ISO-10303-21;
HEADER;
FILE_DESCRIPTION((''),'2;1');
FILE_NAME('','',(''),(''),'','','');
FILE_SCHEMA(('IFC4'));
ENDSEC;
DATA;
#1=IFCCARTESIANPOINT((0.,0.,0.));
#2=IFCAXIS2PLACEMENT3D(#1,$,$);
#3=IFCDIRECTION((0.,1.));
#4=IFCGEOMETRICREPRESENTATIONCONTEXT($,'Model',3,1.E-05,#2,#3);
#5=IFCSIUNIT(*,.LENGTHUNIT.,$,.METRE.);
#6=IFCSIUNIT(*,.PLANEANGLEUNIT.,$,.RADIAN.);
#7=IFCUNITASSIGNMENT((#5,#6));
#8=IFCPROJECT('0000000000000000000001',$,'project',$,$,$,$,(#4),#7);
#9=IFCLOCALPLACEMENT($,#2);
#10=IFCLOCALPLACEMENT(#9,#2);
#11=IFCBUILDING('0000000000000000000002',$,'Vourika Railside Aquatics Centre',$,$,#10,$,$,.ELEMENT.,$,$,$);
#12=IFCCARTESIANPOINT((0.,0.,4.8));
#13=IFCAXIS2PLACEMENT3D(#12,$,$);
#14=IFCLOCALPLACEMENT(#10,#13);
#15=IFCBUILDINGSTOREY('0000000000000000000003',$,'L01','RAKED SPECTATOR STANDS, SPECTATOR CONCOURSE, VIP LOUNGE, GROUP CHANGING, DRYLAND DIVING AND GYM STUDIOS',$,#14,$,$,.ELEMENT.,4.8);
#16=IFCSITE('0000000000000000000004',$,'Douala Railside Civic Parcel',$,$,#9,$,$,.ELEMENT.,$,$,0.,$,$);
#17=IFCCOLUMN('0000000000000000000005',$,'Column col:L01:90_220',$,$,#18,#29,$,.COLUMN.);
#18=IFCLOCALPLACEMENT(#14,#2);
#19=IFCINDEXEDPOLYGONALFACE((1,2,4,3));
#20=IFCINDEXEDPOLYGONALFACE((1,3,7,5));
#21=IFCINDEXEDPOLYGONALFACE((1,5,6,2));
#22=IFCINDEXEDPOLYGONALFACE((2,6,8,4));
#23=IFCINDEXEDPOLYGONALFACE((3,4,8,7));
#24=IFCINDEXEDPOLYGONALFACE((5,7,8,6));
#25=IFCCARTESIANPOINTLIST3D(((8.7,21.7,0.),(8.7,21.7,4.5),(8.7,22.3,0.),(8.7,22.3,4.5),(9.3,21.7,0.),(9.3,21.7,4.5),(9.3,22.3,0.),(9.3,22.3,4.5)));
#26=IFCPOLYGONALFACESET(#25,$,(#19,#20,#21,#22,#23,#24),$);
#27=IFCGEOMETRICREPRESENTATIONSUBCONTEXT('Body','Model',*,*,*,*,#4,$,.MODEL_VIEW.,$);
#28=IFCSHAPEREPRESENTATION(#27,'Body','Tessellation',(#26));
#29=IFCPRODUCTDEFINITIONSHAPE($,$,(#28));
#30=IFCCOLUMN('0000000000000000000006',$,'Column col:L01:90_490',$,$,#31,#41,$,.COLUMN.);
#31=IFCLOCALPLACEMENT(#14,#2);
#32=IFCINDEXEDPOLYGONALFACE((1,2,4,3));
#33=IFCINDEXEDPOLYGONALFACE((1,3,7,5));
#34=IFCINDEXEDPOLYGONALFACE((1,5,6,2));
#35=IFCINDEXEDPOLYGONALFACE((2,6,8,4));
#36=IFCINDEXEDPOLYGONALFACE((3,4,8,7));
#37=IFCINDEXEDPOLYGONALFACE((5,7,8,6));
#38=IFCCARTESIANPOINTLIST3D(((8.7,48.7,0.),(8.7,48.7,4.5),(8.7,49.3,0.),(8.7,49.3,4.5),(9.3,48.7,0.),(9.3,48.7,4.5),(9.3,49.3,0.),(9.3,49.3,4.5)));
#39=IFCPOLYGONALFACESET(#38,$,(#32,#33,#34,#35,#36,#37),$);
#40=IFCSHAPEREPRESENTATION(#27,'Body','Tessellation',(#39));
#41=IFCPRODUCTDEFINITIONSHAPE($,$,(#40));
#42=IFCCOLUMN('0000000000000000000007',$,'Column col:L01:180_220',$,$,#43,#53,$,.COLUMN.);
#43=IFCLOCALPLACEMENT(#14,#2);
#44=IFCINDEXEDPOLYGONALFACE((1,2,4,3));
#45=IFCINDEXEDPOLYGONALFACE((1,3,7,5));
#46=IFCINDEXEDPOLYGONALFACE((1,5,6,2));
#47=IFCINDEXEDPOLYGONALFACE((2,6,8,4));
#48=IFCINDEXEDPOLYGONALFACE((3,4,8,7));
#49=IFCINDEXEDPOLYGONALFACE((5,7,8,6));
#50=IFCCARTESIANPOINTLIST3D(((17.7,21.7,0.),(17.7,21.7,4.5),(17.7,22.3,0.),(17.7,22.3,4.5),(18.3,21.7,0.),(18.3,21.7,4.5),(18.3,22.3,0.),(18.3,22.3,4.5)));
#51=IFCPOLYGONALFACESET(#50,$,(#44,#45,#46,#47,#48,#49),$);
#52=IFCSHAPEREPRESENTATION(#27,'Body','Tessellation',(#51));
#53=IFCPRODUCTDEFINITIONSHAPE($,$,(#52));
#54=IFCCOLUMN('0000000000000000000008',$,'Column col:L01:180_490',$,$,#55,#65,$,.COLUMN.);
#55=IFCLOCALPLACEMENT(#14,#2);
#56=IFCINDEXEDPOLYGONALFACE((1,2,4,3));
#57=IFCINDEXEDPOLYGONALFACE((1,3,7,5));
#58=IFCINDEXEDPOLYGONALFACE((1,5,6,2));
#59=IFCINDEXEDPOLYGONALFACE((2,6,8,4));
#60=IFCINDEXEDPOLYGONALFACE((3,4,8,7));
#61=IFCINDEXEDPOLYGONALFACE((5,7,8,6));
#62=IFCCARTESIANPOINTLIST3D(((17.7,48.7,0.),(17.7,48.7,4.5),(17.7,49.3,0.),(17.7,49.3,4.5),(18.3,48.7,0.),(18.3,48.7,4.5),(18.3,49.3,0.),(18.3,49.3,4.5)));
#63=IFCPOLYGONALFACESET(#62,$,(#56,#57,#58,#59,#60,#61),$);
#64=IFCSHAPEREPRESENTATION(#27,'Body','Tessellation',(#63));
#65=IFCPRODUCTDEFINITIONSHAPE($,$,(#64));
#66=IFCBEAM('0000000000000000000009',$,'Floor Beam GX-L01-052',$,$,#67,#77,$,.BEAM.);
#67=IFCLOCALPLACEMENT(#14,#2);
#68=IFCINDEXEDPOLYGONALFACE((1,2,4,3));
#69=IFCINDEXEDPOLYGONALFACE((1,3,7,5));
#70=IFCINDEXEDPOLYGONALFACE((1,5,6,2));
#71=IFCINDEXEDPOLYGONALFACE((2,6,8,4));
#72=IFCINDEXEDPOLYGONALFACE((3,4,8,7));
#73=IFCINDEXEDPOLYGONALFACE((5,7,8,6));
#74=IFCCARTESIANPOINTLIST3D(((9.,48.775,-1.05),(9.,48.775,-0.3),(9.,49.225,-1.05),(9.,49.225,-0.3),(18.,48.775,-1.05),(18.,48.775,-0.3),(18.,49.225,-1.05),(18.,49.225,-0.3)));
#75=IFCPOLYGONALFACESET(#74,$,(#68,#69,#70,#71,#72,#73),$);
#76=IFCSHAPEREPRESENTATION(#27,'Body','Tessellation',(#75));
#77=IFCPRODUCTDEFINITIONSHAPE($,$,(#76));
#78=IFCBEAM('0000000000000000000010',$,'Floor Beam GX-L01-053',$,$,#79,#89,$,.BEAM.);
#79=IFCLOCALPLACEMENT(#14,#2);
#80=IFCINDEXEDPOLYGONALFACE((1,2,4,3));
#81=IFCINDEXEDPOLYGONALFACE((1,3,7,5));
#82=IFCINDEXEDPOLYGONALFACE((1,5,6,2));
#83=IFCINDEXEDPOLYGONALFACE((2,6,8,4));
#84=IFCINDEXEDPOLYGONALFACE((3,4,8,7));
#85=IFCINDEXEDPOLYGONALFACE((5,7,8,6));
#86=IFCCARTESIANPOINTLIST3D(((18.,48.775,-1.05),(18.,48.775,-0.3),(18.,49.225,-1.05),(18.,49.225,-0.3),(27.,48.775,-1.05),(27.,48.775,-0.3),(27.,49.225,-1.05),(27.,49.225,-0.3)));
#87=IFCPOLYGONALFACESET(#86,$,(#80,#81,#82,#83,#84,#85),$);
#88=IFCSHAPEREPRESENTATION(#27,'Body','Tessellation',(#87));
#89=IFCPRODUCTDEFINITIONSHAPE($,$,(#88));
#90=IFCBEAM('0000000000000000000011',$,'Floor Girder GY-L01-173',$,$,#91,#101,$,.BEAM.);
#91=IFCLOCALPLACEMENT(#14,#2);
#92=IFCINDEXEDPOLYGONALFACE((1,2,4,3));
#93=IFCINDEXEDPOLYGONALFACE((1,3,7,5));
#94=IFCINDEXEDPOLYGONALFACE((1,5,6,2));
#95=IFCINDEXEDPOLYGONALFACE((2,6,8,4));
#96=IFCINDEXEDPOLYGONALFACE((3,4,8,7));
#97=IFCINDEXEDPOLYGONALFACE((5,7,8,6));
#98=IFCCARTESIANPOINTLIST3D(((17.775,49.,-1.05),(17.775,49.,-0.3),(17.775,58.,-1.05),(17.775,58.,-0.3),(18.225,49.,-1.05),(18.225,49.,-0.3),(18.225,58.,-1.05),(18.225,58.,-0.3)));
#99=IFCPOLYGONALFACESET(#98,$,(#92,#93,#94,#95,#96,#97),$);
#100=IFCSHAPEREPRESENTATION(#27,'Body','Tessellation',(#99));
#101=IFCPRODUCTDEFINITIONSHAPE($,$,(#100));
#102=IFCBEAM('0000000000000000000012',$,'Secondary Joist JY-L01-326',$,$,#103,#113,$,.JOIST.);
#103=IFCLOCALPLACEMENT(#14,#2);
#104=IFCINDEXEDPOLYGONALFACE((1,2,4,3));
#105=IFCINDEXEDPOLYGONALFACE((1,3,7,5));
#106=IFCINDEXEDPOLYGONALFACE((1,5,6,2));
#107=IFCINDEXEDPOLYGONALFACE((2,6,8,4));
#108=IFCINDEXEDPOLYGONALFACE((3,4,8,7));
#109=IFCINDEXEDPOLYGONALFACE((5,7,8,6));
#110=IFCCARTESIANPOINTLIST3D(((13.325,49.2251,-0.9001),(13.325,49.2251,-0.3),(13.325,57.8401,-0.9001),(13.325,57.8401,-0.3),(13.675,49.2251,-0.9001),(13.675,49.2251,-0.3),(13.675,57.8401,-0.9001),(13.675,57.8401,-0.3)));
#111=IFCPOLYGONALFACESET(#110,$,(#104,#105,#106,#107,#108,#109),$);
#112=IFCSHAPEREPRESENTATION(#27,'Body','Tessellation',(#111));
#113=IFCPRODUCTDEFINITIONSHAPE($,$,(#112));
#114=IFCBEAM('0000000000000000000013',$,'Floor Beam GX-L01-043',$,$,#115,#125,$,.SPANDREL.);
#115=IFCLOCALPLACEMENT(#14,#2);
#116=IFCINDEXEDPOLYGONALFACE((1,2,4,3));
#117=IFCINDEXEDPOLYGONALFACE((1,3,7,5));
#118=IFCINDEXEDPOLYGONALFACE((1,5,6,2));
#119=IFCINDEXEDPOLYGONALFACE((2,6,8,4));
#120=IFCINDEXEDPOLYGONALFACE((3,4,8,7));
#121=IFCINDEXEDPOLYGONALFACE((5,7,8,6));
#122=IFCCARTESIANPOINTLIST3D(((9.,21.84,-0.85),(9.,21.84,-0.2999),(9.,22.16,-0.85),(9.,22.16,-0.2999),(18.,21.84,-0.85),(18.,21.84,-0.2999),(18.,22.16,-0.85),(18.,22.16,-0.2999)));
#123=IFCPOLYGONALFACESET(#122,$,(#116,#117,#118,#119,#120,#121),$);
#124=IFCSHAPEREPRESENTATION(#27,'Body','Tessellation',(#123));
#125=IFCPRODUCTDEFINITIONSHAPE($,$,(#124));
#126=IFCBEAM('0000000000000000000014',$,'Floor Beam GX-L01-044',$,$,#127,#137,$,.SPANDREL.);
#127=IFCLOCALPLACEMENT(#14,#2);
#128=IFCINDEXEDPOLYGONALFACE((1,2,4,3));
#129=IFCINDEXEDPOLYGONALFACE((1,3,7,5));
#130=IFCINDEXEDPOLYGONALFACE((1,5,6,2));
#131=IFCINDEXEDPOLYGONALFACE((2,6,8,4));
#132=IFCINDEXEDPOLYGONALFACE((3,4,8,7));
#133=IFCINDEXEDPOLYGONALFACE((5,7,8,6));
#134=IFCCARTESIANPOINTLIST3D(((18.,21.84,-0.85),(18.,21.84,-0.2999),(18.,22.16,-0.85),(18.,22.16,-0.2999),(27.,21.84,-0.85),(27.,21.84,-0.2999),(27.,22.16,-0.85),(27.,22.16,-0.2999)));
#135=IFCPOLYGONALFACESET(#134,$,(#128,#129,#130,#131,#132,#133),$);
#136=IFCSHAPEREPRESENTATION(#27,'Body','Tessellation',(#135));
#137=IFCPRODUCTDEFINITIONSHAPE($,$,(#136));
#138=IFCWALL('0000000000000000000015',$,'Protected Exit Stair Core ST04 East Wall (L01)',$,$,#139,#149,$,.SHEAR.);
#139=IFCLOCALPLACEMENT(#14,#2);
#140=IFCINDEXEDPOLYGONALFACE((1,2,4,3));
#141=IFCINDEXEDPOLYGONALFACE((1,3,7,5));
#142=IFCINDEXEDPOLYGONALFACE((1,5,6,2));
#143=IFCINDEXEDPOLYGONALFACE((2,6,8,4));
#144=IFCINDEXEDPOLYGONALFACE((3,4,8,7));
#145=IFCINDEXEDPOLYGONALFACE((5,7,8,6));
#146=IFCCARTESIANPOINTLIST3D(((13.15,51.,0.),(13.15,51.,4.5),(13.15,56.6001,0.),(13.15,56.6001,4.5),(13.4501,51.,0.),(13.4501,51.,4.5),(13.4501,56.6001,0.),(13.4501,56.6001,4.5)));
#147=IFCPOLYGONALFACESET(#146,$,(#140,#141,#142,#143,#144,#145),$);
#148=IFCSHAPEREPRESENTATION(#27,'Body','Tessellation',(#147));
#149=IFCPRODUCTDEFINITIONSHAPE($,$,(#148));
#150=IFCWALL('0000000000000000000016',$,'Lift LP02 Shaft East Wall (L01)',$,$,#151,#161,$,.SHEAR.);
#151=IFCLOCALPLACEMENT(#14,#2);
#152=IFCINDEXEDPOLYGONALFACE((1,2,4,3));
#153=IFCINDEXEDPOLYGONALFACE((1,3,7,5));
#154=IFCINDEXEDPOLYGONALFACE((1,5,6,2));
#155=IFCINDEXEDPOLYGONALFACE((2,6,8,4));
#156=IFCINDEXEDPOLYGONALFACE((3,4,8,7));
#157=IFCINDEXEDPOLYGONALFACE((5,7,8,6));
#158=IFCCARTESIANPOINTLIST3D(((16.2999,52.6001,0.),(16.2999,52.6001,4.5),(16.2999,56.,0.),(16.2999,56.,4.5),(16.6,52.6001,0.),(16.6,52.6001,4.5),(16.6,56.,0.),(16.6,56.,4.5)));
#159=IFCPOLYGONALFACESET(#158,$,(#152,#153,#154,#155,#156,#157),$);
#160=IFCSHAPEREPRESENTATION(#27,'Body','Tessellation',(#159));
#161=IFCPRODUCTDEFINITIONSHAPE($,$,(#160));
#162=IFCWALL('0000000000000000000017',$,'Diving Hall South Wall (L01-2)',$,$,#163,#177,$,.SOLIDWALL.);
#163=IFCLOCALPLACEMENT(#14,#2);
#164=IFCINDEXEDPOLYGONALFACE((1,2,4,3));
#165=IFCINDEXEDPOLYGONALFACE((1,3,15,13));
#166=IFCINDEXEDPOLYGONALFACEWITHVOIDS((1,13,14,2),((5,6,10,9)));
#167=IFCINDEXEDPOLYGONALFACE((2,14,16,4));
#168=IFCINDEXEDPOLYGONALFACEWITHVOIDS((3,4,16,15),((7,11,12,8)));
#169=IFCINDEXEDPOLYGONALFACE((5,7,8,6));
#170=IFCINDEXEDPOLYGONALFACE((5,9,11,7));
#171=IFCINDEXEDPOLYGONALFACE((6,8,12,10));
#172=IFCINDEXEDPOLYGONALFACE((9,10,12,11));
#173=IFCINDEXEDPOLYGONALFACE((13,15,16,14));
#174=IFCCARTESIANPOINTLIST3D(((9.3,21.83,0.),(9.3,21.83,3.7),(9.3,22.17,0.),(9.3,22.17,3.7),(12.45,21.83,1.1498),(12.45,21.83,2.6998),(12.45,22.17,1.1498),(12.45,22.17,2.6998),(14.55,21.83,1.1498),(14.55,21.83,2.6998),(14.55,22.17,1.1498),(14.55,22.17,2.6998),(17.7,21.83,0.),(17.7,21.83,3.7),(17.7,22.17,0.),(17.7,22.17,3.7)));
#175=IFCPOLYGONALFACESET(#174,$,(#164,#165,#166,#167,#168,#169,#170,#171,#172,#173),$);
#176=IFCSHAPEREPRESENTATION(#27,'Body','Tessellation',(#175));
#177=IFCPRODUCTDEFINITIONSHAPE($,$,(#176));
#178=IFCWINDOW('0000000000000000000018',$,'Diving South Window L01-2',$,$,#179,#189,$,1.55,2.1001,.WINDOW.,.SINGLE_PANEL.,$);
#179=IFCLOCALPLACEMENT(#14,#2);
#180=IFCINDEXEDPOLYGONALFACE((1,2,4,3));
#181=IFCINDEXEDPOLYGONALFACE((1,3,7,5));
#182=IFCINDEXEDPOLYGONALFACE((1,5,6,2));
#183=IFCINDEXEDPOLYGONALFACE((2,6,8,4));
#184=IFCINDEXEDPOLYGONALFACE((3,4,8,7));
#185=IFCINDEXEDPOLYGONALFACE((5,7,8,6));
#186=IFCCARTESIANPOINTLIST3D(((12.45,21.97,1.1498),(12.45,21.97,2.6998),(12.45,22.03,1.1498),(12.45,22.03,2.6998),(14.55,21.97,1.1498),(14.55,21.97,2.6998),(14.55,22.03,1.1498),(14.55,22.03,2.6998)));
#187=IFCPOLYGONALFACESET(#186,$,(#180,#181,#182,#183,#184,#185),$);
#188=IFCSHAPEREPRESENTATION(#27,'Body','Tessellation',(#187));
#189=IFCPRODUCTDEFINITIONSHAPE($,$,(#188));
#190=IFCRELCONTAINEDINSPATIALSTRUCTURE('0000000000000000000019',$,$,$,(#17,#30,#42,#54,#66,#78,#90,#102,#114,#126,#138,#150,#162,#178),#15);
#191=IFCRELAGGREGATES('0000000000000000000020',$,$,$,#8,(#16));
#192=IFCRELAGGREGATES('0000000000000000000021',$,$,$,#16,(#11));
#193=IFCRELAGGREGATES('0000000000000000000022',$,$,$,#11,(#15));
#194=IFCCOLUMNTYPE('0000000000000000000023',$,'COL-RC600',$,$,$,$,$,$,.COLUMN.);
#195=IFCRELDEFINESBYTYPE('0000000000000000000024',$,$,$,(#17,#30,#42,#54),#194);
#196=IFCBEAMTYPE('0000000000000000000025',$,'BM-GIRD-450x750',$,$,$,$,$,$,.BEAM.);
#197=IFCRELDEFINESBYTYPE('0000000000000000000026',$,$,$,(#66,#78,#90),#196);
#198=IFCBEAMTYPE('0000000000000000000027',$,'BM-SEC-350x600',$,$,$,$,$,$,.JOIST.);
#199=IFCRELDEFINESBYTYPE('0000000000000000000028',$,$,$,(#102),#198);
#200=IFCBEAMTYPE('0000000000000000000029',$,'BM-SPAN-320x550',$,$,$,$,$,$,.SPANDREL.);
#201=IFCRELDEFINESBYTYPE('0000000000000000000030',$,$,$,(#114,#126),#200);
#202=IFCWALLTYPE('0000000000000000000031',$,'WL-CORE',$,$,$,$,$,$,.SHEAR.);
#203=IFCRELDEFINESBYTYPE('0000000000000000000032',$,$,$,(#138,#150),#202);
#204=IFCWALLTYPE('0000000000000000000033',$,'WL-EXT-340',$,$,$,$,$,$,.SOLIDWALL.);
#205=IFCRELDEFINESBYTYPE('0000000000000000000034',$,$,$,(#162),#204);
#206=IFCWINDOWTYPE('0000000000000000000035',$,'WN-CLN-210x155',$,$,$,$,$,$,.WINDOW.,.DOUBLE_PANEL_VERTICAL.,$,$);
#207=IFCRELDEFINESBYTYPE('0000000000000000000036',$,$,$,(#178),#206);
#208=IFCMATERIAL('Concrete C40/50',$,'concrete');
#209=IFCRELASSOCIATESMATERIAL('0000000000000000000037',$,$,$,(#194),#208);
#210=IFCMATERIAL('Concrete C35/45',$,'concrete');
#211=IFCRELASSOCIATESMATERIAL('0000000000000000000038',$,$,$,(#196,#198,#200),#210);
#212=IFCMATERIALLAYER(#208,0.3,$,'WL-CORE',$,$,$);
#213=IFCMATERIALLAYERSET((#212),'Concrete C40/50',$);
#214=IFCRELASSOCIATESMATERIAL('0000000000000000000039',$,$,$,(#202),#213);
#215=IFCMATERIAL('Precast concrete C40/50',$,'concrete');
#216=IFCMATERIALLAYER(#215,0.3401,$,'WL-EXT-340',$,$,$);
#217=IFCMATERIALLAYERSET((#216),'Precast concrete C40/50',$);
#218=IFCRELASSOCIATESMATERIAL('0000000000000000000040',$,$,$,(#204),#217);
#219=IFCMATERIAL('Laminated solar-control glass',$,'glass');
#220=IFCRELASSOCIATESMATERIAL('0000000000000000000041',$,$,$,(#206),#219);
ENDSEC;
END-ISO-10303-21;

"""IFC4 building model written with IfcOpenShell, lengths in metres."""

from ifc_helpers import new_model, si_unit, direction, frame, frame_2d, origin, origin_2d, place, context, subcontext, project, spatial, rectangle, extrude, material, layer, layer_set, material_profile, profile_set, type_object, element, fill, save


model = new_model("IFC4")

# Units and contexts
model_context = context("Model", 3, precision=1e-05, world=origin(), true_north=direction((0.0, 1.0)))
body_context = subcontext(model_context, "Body", "Model", "MODEL_VIEW")
ifc_project = project(units=[si_unit("LENGTHUNIT", "METRE"), si_unit("PLANEANGLEUNIT", "RADIAN")], contexts=[model_context])

# Site, building, storey
site_placement = place(None, origin())
site = spatial("IfcSite", under=ifc_project, at=site_placement, Name="Douala Railside Civic Parcel", CompositionType="ELEMENT", RefElevation=0.0)
building_placement = place(site_placement, origin())
building = spatial("IfcBuilding", under=site, at=building_placement, Name="Vourika Railside Aquatics Centre", CompositionType="ELEMENT")
storey_placement = place(building_placement, frame((0.0, 0.0, 4.8)))
storey = spatial("IfcBuildingStorey", under=building, at=storey_placement, Name="L01", Description="RAKED SPECTATOR STANDS, SPECTATOR CONCOURSE, VIP LOUNGE, GROUP CHANGING, DRYLAND DIVING AND GYM STUDIOS", CompositionType="ELEMENT", Elevation=4.8)

# Columns
ifc_material_1 = material(Name="Concrete C40/50", Category="concrete")
ifc_material_profile_1 = material_profile(ifc_material_1, rectangle(XDim=0.6001, YDim=0.6001, at=origin_2d()), Name="RC 600x600")
ifc_profile_set_1 = profile_set([ifc_material_profile_1], Name="Concrete C40/50")
column_type = type_object("IfcColumnType", Name="COL-RC600", PredefinedType="COLUMN", material=ifc_profile_set_1)
for number, where, z_axis, x_axis, name in (
    (1, (9.0, 22.0, 0.0), (0.0, 0.0, 1.0), (1.0, 0.0, 0.0), "Column col:L01:90_220"),
    (2, (9.0, 49.0, 0.0), (0.0, 0.0, 1.0), (1.0, 0.0, 0.0), "Column col:L01:90_490"),
    (3, (18.0, 22.0, 0.0), (0.0, 0.0, 1.0), (1.0, 0.0, 0.0), "Column col:L01:180_220"),
    (4, (18.0, 49.0, 0.0), (0.0, 0.0, 1.0), (1.0, 0.0, 0.0), "Column col:L01:180_490"),
):
    element("IfcColumn", number, at=place(storey_placement, frame(where, z_axis=z_axis, x_axis=x_axis)), inside=storey, type_object=column_type, Name=name, PredefinedType="COLUMN", context=body_context, shape_type="SweptSolid", body=[
        extrude(rectangle(XDim=0.6001, YDim=0.6001, at=origin_2d()), origin(), (0.0, 0.0, 1.0), 4.5),
    ])

# Beams
ifc_material_2 = material(Name="Concrete C35/45", Category="concrete")
ifc_material_profile_2 = material_profile(ifc_material_2, rectangle(XDim=0.45, YDim=0.75, at=origin_2d()), Name="RC 450x750")
ifc_profile_set_2 = profile_set([ifc_material_profile_2], Name="Concrete C35/45")
beam_type_1 = type_object("IfcBeamType", Name="BM-GIRD-450x750", PredefinedType="BEAM", material=ifc_profile_set_2)
for number, where, z_axis, x_axis, name in (
    (5, (9.0, 49.0, -0.675), (1.0, 0.0, 0.0), (0.0, 1.0, 0.0), "Floor Beam GX-L01-052"),
    (6, (18.0, 49.0, -0.675), (1.0, 0.0, 0.0), (0.0, 1.0, 0.0), "Floor Beam GX-L01-053"),
    (7, (18.0, 49.0, -0.675), (0.0, 1.0, 0.0), (-1.0, 0.0, 0.0), "Floor Girder GY-L01-173"),
):
    element("IfcBeam", number, at=place(storey_placement, frame(where, z_axis=z_axis, x_axis=x_axis)), inside=storey, type_object=beam_type_1, Name=name, PredefinedType="BEAM", context=body_context, shape_type="SweptSolid", body=[
        extrude(rectangle(XDim=0.45, YDim=0.75, at=origin_2d()), origin(), (0.0, 0.0, 1.0), 9.0),
    ])
ifc_material_profile_3 = material_profile(ifc_material_2, rectangle(XDim=0.3501, YDim=0.6001, at=origin_2d()), Name="RC 350x600")
ifc_profile_set_3 = profile_set([ifc_material_profile_3], Name="Concrete C35/45")
beam_type_2 = type_object("IfcBeamType", Name="BM-SEC-350x600", PredefinedType="JOIST", material=ifc_profile_set_3)
beam_placement = place(storey_placement, frame((13.5, 49.2251, -0.6001), z_axis=(0.0, 1.0, 0.0), x_axis=(-1.0, 0.0, 0.0)))
element("IfcBeam", 8, at=beam_placement, inside=storey, type_object=beam_type_2, Name="Secondary Joist JY-L01-326", PredefinedType="JOIST", context=body_context, shape_type="SweptSolid", body=[
    extrude(rectangle(XDim=0.3501, YDim=0.6001, at=origin_2d()), origin(), (0.0, 0.0, 1.0), 8.615),
])
ifc_material_profile_4 = material_profile(ifc_material_2, rectangle(XDim=0.3201, YDim=0.55, at=origin_2d()), Name="RC 320x550")
ifc_profile_set_4 = profile_set([ifc_material_profile_4], Name="Concrete C35/45")
beam_type_3 = type_object("IfcBeamType", Name="BM-SPAN-320x550", PredefinedType="SPANDREL", material=ifc_profile_set_4)
for number, where, z_axis, x_axis, name in (
    (9, (9.0, 22.0, -0.575), (1.0, 0.0, 0.0), (0.0, 1.0, 0.0), "Floor Beam GX-L01-043"),
    (10, (18.0, 22.0, -0.575), (1.0, 0.0, 0.0), (0.0, 1.0, 0.0), "Floor Beam GX-L01-044"),
):
    element("IfcBeam", number, at=place(storey_placement, frame(where, z_axis=z_axis, x_axis=x_axis)), inside=storey, type_object=beam_type_3, Name=name, PredefinedType="SPANDREL", context=body_context, shape_type="SweptSolid", body=[
        extrude(rectangle(XDim=0.3201, YDim=0.55, at=origin_2d()), origin(), (0.0, 0.0, 1.0), 9.0),
    ])

# Wall
ifc_layer_1 = layer(ifc_material_1, 0.3, Name="WL-CORE")
ifc_layer_set_1 = layer_set([ifc_layer_1], Name="Concrete C40/50")
wall_type_1 = type_object("IfcWallType", Name="WL-CORE", PredefinedType="SHEAR", material=ifc_layer_set_1)
wall_1_placement = place(storey_placement, frame((13.3, 51.0, 0.0), z_axis=(0.0, 0.0, 1.0), x_axis=(0.0, 1.0, 0.0)))
element("IfcWall", 11, at=wall_1_placement, inside=storey, type_object=wall_type_1, Name="Protected Exit Stair Core ST04 East Wall (L01)", PredefinedType="SHEAR", context=body_context, shape_type="SweptSolid", body=[
    extrude(rectangle(XDim=5.6001, YDim=0.3, at=frame_2d((2.8, 0.0))), origin(), (0.0, 0.0, 1.0), 4.5),
])

# Wall
wall_2_placement = place(storey_placement, frame((16.45, 52.6001, 0.0), z_axis=(0.0, 0.0, 1.0), x_axis=(0.0, 1.0, 0.0)))
element("IfcWall", 12, at=wall_2_placement, inside=storey, type_object=wall_type_1, Name="Lift LP02 Shaft East Wall (L01)", PredefinedType="SHEAR", context=body_context, shape_type="SweptSolid", body=[
    extrude(rectangle(XDim=3.3999, YDim=0.3, at=frame_2d((1.7, 0.0))), origin(), (0.0, 0.0, 1.0), 4.5),
])

# Wall, opening, window
ifc_material_3 = material(Name="Precast concrete C40/50", Category="concrete")
ifc_layer_2 = layer(ifc_material_3, 0.3401, Name="WL-EXT-340")
ifc_layer_set_2 = layer_set([ifc_layer_2], Name="Precast concrete C40/50")
wall_type_2 = type_object("IfcWallType", Name="WL-EXT-340", PredefinedType="SOLIDWALL", material=ifc_layer_set_2)
wall_3_placement = place(storey_placement, frame((9.3, 22.0, 0.0), z_axis=(0.0, 0.0, 1.0), x_axis=(1.0, 0.0, 0.0)))
wall_3 = element("IfcWall", 13, at=wall_3_placement, inside=storey, type_object=wall_type_2, Name="Diving Hall South Wall (L01-2)", PredefinedType="SOLIDWALL", context=body_context, shape_type="SweptSolid", body=[
    extrude(rectangle(XDim=8.3999, YDim=0.3401, at=frame_2d((4.2, 0.0))), origin(), (0.0, 0.0, 1.0), 3.7),
])
opening_1_placement = place(wall_3_placement, frame((3.1499, 0.0, 1.1499)))
opening_1 = element("IfcOpeningElement", 14, at=opening_1_placement, cuts=wall_3, PredefinedType="OPENING", context=body_context, shape_type="SweptSolid", body=[
    extrude(rectangle(XDim=2.1001, YDim=1.55, at=frame_2d((1.05, 0.7749))), frame((0.0, 0.1802, 0.0), z_axis=(0.0, -1.0, 0.0), x_axis=(1.0, 0.0, 0.0)), (0.0, 0.0, 1.0), 0.3601),
])
ifc_material_4 = material(Name="Laminated solar-control glass", Category="glass")
window_type = type_object("IfcWindowType", Name="WN-CLN-210x155", PartitioningType="DOUBLE_PANEL_VERTICAL", PredefinedType="WINDOW", material=ifc_material_4)
window_1_placement = place(opening_1_placement, origin())
window_1 = element("IfcWindow", 15, at=window_1_placement, inside=storey, type_object=window_type, Name="Diving South Window L01-2", OverallHeight=1.55, OverallWidth=2.1001, PartitioningType="SINGLE_PANEL", PredefinedType="WINDOW", context=body_context, shape_type="SweptSolid", body=[
    extrude(rectangle(XDim=2.1001, YDim=1.55, at=frame_2d((1.05, 0.7749))), frame((0.0, 0.03, 0.0), z_axis=(0.0, -1.0, 0.0), x_axis=(1.0, 0.0, 0.0)), (0.0, 0.0, 1.0), 0.0601),
])
fill(opening_1, window_1)

save(model, "model.ifc")
